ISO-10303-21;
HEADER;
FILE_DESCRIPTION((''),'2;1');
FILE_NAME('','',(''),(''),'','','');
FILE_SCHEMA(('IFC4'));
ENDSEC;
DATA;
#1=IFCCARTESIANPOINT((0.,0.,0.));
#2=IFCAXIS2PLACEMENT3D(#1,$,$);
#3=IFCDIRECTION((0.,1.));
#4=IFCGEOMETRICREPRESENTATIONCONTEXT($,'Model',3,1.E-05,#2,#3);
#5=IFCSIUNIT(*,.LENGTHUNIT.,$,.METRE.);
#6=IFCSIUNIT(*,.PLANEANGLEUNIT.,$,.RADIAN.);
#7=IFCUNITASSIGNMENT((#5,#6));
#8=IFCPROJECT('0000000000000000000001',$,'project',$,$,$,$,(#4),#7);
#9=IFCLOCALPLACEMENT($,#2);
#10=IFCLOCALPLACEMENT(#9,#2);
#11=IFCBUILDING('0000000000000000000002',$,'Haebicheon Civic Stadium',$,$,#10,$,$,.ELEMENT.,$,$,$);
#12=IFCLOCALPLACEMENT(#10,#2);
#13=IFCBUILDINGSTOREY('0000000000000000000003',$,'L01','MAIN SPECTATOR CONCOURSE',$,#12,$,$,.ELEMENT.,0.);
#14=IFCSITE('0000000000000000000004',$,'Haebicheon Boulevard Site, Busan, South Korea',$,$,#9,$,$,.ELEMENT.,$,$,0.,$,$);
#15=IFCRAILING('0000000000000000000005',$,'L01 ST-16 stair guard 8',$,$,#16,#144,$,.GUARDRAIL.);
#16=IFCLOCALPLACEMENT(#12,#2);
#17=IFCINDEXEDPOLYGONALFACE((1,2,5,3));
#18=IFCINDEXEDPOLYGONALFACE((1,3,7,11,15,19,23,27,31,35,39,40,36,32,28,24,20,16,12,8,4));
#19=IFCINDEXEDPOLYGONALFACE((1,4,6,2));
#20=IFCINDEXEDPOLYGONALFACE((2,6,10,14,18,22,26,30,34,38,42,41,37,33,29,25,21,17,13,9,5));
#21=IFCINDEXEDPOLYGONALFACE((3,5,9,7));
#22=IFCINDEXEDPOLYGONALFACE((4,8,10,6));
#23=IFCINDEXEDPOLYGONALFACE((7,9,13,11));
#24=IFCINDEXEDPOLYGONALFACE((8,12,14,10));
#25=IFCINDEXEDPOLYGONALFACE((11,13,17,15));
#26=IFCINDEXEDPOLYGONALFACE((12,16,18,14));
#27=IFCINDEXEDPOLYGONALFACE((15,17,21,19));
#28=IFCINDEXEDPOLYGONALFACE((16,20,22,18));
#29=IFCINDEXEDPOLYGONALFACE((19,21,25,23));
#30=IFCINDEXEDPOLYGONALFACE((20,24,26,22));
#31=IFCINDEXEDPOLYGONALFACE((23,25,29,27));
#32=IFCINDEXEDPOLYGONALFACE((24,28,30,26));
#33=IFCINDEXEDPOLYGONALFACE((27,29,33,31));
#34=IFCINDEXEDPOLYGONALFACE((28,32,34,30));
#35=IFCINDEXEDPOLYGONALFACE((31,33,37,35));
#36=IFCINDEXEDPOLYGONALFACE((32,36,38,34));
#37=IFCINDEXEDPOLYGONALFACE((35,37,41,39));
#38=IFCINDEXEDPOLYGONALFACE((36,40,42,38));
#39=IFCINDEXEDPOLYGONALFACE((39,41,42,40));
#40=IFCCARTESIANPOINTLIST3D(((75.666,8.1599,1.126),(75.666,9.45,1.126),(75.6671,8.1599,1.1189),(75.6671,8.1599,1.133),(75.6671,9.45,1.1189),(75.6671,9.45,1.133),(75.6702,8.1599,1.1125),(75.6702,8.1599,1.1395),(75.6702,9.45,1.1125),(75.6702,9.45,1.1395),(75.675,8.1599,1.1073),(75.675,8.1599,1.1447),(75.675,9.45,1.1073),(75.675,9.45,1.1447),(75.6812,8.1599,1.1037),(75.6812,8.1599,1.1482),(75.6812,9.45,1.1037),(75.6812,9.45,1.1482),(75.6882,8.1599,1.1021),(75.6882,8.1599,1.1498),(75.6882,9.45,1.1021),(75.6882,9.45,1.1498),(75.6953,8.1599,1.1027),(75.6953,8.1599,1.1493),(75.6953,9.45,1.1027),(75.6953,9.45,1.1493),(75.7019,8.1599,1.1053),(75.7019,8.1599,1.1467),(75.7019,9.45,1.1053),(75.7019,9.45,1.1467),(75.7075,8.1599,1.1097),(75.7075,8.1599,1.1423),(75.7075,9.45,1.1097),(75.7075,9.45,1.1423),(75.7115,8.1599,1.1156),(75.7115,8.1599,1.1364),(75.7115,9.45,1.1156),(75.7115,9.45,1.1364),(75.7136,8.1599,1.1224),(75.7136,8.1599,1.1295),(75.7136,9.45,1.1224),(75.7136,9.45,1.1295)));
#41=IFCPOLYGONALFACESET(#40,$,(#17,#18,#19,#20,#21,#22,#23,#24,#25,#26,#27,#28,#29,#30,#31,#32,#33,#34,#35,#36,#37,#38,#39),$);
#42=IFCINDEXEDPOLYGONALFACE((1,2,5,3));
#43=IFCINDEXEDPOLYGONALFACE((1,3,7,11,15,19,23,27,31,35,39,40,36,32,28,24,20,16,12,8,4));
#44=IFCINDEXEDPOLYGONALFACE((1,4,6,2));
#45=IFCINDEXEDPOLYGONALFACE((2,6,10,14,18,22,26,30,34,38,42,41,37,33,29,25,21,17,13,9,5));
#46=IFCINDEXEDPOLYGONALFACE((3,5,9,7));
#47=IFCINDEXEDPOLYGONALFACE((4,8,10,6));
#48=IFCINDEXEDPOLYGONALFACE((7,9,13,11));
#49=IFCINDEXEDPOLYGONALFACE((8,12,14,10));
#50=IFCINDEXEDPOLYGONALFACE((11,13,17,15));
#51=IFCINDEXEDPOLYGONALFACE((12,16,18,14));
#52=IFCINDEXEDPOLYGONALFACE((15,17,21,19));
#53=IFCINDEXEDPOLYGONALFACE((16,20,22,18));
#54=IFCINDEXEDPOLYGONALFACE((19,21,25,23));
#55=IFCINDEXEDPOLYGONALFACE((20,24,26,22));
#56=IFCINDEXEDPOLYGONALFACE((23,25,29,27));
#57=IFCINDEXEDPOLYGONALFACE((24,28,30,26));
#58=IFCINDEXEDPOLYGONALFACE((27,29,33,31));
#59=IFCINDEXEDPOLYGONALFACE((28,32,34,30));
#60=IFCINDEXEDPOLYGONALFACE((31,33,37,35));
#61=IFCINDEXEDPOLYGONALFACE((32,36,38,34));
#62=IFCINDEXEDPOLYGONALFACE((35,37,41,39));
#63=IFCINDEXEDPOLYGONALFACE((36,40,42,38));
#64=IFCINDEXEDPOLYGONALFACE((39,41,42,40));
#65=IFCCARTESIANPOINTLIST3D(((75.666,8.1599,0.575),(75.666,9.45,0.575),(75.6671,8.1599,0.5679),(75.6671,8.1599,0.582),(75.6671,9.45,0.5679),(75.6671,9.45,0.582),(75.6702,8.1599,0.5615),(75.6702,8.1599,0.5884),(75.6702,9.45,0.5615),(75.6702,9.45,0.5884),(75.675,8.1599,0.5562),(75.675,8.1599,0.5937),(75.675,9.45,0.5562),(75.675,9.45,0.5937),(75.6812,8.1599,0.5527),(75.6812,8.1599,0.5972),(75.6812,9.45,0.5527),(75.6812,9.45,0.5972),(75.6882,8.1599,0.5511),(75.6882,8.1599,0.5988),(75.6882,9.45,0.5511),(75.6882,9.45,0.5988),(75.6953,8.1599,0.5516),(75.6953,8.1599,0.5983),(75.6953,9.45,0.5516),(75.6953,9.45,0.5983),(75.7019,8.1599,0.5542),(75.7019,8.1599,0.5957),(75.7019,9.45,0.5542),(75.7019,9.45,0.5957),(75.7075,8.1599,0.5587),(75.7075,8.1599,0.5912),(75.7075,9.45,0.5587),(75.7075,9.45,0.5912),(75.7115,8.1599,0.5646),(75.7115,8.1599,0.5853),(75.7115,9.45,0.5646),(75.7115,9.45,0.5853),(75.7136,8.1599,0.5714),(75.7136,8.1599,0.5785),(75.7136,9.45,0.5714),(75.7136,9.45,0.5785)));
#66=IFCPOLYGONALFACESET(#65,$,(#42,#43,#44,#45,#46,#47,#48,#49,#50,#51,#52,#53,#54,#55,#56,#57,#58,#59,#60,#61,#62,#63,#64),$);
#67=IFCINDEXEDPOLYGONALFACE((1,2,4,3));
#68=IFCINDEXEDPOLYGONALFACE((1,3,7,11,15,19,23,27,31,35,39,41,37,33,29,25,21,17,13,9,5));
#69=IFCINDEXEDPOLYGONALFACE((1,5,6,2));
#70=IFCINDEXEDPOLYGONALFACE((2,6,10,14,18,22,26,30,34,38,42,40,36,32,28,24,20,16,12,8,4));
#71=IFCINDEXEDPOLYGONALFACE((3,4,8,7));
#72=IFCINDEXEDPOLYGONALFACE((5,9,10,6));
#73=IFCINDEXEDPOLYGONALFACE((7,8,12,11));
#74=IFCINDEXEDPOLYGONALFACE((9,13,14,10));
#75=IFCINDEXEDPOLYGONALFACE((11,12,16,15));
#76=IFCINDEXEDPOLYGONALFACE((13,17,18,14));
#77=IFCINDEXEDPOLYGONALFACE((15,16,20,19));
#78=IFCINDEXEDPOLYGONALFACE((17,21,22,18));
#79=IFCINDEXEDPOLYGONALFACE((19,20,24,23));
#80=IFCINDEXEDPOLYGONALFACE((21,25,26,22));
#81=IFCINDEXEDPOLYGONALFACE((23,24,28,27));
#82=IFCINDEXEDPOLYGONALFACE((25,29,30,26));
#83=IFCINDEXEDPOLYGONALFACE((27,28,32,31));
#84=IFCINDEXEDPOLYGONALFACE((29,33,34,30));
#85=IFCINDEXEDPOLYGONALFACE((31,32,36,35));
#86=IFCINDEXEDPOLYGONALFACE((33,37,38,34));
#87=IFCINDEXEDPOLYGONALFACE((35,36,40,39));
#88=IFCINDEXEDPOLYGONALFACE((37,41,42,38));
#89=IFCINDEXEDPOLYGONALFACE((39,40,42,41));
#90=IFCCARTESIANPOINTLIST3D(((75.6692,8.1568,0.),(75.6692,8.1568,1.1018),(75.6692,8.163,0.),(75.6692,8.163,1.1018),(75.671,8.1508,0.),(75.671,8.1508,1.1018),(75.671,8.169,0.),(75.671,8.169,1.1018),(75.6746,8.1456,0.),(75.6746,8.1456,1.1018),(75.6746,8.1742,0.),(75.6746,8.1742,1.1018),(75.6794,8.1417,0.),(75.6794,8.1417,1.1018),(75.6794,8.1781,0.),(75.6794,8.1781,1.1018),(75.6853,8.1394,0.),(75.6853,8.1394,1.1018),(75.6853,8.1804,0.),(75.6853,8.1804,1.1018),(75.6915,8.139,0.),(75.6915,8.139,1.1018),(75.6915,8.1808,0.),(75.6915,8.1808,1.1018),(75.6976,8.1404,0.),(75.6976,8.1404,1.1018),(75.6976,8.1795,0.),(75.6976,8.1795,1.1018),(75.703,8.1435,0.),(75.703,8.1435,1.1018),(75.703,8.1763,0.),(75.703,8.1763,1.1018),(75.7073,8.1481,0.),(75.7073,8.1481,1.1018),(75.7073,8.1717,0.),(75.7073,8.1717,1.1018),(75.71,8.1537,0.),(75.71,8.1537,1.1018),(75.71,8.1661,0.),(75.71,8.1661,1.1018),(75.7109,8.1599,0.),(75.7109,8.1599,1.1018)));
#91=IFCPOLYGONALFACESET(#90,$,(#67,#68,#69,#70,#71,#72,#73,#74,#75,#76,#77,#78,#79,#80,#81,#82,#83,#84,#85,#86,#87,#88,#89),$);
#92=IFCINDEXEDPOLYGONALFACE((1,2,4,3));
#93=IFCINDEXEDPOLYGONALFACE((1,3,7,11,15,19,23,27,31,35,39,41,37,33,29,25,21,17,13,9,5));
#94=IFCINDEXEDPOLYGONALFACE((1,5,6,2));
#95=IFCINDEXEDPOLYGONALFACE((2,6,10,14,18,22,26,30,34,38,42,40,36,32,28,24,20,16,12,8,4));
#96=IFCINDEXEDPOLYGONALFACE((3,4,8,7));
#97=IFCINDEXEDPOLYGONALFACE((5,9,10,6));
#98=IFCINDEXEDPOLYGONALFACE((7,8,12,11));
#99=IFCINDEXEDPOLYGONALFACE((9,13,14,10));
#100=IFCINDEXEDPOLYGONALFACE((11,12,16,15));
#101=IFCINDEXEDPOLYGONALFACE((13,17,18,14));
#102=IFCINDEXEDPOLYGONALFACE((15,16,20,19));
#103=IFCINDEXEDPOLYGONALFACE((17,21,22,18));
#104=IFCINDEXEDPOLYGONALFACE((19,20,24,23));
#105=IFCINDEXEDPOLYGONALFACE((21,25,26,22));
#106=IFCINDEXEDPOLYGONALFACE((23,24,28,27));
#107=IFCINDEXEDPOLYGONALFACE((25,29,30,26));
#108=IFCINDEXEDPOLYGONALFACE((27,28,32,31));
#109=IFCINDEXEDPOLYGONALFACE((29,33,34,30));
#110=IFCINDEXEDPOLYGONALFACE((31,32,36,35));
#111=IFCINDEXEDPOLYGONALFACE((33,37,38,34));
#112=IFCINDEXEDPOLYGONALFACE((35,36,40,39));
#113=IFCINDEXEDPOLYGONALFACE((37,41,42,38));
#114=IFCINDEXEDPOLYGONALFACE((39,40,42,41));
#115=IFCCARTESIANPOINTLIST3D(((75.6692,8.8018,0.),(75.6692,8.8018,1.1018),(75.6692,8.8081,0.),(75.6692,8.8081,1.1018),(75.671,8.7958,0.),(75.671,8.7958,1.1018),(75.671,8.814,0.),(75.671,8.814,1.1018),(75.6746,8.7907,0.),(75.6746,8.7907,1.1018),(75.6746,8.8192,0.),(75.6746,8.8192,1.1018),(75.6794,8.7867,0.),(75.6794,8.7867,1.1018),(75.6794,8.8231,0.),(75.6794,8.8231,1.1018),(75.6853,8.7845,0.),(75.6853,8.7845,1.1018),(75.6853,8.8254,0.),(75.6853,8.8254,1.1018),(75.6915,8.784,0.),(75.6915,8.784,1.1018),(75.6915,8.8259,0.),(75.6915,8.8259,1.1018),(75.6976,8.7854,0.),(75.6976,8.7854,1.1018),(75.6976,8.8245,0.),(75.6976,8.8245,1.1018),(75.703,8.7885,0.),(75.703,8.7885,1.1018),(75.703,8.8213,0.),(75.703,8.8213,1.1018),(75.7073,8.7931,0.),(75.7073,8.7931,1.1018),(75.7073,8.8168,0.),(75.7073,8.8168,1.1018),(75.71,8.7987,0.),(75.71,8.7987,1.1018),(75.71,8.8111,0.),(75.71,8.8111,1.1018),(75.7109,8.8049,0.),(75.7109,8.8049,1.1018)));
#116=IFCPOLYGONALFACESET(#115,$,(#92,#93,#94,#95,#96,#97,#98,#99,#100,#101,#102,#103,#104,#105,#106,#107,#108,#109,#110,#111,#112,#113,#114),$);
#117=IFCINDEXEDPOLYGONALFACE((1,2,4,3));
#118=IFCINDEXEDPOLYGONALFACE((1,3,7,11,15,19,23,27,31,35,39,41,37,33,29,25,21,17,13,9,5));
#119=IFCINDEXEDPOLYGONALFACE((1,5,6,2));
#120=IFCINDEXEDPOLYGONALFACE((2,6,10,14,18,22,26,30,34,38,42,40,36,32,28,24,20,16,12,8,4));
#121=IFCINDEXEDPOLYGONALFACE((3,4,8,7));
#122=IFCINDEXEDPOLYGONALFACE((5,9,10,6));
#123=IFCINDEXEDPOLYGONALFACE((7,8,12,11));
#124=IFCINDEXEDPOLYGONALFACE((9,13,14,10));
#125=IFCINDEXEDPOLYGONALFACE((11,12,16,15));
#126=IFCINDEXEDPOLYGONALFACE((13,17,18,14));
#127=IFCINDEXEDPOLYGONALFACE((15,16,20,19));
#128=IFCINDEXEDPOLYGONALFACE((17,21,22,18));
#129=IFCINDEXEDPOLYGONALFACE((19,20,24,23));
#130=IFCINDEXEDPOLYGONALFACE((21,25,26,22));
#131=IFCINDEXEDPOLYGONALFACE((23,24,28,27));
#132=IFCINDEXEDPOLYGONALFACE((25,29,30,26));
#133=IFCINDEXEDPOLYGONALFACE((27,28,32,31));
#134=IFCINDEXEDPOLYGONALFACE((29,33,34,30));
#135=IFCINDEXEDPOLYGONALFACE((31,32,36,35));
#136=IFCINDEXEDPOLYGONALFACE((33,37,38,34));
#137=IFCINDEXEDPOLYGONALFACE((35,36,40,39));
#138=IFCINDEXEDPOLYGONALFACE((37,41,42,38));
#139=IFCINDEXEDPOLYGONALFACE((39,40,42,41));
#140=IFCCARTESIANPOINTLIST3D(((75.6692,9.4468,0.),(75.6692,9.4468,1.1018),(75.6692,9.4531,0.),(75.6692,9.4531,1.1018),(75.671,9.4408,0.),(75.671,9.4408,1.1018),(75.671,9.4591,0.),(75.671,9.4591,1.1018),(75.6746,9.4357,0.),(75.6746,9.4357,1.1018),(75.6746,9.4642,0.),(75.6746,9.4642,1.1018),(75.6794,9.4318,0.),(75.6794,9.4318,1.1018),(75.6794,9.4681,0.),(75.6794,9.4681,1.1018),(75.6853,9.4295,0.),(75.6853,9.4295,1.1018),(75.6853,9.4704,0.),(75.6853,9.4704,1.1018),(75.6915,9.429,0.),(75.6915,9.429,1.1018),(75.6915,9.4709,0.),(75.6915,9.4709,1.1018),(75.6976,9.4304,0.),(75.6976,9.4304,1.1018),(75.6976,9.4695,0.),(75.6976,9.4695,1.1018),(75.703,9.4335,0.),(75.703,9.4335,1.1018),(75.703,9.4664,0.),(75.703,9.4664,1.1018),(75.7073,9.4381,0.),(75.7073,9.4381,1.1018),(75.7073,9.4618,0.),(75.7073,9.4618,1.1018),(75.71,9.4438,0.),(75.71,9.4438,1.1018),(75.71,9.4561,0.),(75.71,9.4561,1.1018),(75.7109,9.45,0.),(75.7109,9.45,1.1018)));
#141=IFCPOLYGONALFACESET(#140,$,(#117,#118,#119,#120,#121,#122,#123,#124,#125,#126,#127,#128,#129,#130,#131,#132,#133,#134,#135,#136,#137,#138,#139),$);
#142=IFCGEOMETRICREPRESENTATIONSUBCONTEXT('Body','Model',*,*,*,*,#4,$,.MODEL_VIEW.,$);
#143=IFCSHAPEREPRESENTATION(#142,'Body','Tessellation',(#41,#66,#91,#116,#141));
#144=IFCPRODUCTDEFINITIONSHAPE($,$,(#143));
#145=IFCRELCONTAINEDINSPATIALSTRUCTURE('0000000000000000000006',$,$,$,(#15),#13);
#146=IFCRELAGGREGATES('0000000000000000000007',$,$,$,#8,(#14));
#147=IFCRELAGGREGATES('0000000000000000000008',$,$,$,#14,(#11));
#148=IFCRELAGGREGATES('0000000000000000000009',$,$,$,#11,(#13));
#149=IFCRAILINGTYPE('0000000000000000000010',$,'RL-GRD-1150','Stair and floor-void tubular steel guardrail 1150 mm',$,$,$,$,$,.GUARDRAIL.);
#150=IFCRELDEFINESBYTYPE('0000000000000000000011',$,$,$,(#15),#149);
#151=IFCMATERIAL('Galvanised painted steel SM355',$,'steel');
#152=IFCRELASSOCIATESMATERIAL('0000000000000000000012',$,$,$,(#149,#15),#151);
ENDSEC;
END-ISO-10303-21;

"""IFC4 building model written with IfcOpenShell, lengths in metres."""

from ifc_helpers import new_model, si_unit, direction, frame, origin, origin_2d, place, context, subcontext, project, spatial, circle, extrude, material, type_object, element, save


model = new_model("IFC4")

# Units and contexts
model_context = context("Model", 3, precision=1e-05, world=origin(), true_north=direction((0.0, 1.0)))
body_context = subcontext(model_context, "Body", "Model", "MODEL_VIEW")
ifc_project = project(units=[si_unit("LENGTHUNIT", "METRE"), si_unit("PLANEANGLEUNIT", "RADIAN")], contexts=[model_context])

# Site, building, storey
site_placement = place(None, origin())
site = spatial("IfcSite", under=ifc_project, at=site_placement, Name="Haebicheon Boulevard Site, Busan, South Korea", CompositionType="ELEMENT", RefElevation=0.0)
building_placement = place(site_placement, origin())
building = spatial("IfcBuilding", under=site, at=building_placement, Name="Haebicheon Civic Stadium", CompositionType="ELEMENT")
storey_placement = place(building_placement, origin())
storey = spatial("IfcBuildingStorey", under=building, at=storey_placement, Name="L01", Description="MAIN SPECTATOR CONCOURSE", CompositionType="ELEMENT", Elevation=0.0)

# Railing
ifc_material_1 = material(Name="Galvanised painted steel SM355", Category="steel")
railing_type_1 = type_object("IfcRailingType", Name="RL-GRD-1150", Description="Stair and floor-void tubular steel guardrail 1150 mm", PredefinedType="GUARDRAIL", material=ifc_material_1)
for number, where, name in (
    (1, (75.6899, 8.1599, 0.0), "L01 ST-16 stair guard 8"),
):
    element("IfcRailing", number, at=place(storey_placement, frame(where)), inside=storey, type_object=railing_type_1, material=ifc_material_1, Name=name, PredefinedType="GUARDRAIL", context=body_context, shape_type="SweptSolid", body=[
        extrude(circle(Radius=0.0239, at=origin_2d()), frame((0.0, 0.0, 1.126), z_axis=(0.0, 1.0, 0.0), x_axis=(-1.0, 0.0, 0.0)), (0.0, 0.0, 1.0), 1.29),
        extrude(circle(Radius=0.0239, at=origin_2d()), frame((0.0, 0.0, 0.575), z_axis=(0.0, 1.0, 0.0), x_axis=(-1.0, 0.0, 0.0)), (0.0, 0.0, 1.0), 1.29),
        extrude(circle(Radius=0.021, at=origin_2d()), origin(), (0.0, 0.0, 1.0), 1.1018),
        extrude(circle(Radius=0.021, at=origin_2d()), frame((0.0, 0.645, 0.0)), (0.0, 0.0, 1.0), 1.1018),
        extrude(circle(Radius=0.021, at=origin_2d()), frame((0.0, 1.29, 0.0)), (0.0, 0.0, 1.0), 1.1018),
    ])

save(model, "model.ifc")
